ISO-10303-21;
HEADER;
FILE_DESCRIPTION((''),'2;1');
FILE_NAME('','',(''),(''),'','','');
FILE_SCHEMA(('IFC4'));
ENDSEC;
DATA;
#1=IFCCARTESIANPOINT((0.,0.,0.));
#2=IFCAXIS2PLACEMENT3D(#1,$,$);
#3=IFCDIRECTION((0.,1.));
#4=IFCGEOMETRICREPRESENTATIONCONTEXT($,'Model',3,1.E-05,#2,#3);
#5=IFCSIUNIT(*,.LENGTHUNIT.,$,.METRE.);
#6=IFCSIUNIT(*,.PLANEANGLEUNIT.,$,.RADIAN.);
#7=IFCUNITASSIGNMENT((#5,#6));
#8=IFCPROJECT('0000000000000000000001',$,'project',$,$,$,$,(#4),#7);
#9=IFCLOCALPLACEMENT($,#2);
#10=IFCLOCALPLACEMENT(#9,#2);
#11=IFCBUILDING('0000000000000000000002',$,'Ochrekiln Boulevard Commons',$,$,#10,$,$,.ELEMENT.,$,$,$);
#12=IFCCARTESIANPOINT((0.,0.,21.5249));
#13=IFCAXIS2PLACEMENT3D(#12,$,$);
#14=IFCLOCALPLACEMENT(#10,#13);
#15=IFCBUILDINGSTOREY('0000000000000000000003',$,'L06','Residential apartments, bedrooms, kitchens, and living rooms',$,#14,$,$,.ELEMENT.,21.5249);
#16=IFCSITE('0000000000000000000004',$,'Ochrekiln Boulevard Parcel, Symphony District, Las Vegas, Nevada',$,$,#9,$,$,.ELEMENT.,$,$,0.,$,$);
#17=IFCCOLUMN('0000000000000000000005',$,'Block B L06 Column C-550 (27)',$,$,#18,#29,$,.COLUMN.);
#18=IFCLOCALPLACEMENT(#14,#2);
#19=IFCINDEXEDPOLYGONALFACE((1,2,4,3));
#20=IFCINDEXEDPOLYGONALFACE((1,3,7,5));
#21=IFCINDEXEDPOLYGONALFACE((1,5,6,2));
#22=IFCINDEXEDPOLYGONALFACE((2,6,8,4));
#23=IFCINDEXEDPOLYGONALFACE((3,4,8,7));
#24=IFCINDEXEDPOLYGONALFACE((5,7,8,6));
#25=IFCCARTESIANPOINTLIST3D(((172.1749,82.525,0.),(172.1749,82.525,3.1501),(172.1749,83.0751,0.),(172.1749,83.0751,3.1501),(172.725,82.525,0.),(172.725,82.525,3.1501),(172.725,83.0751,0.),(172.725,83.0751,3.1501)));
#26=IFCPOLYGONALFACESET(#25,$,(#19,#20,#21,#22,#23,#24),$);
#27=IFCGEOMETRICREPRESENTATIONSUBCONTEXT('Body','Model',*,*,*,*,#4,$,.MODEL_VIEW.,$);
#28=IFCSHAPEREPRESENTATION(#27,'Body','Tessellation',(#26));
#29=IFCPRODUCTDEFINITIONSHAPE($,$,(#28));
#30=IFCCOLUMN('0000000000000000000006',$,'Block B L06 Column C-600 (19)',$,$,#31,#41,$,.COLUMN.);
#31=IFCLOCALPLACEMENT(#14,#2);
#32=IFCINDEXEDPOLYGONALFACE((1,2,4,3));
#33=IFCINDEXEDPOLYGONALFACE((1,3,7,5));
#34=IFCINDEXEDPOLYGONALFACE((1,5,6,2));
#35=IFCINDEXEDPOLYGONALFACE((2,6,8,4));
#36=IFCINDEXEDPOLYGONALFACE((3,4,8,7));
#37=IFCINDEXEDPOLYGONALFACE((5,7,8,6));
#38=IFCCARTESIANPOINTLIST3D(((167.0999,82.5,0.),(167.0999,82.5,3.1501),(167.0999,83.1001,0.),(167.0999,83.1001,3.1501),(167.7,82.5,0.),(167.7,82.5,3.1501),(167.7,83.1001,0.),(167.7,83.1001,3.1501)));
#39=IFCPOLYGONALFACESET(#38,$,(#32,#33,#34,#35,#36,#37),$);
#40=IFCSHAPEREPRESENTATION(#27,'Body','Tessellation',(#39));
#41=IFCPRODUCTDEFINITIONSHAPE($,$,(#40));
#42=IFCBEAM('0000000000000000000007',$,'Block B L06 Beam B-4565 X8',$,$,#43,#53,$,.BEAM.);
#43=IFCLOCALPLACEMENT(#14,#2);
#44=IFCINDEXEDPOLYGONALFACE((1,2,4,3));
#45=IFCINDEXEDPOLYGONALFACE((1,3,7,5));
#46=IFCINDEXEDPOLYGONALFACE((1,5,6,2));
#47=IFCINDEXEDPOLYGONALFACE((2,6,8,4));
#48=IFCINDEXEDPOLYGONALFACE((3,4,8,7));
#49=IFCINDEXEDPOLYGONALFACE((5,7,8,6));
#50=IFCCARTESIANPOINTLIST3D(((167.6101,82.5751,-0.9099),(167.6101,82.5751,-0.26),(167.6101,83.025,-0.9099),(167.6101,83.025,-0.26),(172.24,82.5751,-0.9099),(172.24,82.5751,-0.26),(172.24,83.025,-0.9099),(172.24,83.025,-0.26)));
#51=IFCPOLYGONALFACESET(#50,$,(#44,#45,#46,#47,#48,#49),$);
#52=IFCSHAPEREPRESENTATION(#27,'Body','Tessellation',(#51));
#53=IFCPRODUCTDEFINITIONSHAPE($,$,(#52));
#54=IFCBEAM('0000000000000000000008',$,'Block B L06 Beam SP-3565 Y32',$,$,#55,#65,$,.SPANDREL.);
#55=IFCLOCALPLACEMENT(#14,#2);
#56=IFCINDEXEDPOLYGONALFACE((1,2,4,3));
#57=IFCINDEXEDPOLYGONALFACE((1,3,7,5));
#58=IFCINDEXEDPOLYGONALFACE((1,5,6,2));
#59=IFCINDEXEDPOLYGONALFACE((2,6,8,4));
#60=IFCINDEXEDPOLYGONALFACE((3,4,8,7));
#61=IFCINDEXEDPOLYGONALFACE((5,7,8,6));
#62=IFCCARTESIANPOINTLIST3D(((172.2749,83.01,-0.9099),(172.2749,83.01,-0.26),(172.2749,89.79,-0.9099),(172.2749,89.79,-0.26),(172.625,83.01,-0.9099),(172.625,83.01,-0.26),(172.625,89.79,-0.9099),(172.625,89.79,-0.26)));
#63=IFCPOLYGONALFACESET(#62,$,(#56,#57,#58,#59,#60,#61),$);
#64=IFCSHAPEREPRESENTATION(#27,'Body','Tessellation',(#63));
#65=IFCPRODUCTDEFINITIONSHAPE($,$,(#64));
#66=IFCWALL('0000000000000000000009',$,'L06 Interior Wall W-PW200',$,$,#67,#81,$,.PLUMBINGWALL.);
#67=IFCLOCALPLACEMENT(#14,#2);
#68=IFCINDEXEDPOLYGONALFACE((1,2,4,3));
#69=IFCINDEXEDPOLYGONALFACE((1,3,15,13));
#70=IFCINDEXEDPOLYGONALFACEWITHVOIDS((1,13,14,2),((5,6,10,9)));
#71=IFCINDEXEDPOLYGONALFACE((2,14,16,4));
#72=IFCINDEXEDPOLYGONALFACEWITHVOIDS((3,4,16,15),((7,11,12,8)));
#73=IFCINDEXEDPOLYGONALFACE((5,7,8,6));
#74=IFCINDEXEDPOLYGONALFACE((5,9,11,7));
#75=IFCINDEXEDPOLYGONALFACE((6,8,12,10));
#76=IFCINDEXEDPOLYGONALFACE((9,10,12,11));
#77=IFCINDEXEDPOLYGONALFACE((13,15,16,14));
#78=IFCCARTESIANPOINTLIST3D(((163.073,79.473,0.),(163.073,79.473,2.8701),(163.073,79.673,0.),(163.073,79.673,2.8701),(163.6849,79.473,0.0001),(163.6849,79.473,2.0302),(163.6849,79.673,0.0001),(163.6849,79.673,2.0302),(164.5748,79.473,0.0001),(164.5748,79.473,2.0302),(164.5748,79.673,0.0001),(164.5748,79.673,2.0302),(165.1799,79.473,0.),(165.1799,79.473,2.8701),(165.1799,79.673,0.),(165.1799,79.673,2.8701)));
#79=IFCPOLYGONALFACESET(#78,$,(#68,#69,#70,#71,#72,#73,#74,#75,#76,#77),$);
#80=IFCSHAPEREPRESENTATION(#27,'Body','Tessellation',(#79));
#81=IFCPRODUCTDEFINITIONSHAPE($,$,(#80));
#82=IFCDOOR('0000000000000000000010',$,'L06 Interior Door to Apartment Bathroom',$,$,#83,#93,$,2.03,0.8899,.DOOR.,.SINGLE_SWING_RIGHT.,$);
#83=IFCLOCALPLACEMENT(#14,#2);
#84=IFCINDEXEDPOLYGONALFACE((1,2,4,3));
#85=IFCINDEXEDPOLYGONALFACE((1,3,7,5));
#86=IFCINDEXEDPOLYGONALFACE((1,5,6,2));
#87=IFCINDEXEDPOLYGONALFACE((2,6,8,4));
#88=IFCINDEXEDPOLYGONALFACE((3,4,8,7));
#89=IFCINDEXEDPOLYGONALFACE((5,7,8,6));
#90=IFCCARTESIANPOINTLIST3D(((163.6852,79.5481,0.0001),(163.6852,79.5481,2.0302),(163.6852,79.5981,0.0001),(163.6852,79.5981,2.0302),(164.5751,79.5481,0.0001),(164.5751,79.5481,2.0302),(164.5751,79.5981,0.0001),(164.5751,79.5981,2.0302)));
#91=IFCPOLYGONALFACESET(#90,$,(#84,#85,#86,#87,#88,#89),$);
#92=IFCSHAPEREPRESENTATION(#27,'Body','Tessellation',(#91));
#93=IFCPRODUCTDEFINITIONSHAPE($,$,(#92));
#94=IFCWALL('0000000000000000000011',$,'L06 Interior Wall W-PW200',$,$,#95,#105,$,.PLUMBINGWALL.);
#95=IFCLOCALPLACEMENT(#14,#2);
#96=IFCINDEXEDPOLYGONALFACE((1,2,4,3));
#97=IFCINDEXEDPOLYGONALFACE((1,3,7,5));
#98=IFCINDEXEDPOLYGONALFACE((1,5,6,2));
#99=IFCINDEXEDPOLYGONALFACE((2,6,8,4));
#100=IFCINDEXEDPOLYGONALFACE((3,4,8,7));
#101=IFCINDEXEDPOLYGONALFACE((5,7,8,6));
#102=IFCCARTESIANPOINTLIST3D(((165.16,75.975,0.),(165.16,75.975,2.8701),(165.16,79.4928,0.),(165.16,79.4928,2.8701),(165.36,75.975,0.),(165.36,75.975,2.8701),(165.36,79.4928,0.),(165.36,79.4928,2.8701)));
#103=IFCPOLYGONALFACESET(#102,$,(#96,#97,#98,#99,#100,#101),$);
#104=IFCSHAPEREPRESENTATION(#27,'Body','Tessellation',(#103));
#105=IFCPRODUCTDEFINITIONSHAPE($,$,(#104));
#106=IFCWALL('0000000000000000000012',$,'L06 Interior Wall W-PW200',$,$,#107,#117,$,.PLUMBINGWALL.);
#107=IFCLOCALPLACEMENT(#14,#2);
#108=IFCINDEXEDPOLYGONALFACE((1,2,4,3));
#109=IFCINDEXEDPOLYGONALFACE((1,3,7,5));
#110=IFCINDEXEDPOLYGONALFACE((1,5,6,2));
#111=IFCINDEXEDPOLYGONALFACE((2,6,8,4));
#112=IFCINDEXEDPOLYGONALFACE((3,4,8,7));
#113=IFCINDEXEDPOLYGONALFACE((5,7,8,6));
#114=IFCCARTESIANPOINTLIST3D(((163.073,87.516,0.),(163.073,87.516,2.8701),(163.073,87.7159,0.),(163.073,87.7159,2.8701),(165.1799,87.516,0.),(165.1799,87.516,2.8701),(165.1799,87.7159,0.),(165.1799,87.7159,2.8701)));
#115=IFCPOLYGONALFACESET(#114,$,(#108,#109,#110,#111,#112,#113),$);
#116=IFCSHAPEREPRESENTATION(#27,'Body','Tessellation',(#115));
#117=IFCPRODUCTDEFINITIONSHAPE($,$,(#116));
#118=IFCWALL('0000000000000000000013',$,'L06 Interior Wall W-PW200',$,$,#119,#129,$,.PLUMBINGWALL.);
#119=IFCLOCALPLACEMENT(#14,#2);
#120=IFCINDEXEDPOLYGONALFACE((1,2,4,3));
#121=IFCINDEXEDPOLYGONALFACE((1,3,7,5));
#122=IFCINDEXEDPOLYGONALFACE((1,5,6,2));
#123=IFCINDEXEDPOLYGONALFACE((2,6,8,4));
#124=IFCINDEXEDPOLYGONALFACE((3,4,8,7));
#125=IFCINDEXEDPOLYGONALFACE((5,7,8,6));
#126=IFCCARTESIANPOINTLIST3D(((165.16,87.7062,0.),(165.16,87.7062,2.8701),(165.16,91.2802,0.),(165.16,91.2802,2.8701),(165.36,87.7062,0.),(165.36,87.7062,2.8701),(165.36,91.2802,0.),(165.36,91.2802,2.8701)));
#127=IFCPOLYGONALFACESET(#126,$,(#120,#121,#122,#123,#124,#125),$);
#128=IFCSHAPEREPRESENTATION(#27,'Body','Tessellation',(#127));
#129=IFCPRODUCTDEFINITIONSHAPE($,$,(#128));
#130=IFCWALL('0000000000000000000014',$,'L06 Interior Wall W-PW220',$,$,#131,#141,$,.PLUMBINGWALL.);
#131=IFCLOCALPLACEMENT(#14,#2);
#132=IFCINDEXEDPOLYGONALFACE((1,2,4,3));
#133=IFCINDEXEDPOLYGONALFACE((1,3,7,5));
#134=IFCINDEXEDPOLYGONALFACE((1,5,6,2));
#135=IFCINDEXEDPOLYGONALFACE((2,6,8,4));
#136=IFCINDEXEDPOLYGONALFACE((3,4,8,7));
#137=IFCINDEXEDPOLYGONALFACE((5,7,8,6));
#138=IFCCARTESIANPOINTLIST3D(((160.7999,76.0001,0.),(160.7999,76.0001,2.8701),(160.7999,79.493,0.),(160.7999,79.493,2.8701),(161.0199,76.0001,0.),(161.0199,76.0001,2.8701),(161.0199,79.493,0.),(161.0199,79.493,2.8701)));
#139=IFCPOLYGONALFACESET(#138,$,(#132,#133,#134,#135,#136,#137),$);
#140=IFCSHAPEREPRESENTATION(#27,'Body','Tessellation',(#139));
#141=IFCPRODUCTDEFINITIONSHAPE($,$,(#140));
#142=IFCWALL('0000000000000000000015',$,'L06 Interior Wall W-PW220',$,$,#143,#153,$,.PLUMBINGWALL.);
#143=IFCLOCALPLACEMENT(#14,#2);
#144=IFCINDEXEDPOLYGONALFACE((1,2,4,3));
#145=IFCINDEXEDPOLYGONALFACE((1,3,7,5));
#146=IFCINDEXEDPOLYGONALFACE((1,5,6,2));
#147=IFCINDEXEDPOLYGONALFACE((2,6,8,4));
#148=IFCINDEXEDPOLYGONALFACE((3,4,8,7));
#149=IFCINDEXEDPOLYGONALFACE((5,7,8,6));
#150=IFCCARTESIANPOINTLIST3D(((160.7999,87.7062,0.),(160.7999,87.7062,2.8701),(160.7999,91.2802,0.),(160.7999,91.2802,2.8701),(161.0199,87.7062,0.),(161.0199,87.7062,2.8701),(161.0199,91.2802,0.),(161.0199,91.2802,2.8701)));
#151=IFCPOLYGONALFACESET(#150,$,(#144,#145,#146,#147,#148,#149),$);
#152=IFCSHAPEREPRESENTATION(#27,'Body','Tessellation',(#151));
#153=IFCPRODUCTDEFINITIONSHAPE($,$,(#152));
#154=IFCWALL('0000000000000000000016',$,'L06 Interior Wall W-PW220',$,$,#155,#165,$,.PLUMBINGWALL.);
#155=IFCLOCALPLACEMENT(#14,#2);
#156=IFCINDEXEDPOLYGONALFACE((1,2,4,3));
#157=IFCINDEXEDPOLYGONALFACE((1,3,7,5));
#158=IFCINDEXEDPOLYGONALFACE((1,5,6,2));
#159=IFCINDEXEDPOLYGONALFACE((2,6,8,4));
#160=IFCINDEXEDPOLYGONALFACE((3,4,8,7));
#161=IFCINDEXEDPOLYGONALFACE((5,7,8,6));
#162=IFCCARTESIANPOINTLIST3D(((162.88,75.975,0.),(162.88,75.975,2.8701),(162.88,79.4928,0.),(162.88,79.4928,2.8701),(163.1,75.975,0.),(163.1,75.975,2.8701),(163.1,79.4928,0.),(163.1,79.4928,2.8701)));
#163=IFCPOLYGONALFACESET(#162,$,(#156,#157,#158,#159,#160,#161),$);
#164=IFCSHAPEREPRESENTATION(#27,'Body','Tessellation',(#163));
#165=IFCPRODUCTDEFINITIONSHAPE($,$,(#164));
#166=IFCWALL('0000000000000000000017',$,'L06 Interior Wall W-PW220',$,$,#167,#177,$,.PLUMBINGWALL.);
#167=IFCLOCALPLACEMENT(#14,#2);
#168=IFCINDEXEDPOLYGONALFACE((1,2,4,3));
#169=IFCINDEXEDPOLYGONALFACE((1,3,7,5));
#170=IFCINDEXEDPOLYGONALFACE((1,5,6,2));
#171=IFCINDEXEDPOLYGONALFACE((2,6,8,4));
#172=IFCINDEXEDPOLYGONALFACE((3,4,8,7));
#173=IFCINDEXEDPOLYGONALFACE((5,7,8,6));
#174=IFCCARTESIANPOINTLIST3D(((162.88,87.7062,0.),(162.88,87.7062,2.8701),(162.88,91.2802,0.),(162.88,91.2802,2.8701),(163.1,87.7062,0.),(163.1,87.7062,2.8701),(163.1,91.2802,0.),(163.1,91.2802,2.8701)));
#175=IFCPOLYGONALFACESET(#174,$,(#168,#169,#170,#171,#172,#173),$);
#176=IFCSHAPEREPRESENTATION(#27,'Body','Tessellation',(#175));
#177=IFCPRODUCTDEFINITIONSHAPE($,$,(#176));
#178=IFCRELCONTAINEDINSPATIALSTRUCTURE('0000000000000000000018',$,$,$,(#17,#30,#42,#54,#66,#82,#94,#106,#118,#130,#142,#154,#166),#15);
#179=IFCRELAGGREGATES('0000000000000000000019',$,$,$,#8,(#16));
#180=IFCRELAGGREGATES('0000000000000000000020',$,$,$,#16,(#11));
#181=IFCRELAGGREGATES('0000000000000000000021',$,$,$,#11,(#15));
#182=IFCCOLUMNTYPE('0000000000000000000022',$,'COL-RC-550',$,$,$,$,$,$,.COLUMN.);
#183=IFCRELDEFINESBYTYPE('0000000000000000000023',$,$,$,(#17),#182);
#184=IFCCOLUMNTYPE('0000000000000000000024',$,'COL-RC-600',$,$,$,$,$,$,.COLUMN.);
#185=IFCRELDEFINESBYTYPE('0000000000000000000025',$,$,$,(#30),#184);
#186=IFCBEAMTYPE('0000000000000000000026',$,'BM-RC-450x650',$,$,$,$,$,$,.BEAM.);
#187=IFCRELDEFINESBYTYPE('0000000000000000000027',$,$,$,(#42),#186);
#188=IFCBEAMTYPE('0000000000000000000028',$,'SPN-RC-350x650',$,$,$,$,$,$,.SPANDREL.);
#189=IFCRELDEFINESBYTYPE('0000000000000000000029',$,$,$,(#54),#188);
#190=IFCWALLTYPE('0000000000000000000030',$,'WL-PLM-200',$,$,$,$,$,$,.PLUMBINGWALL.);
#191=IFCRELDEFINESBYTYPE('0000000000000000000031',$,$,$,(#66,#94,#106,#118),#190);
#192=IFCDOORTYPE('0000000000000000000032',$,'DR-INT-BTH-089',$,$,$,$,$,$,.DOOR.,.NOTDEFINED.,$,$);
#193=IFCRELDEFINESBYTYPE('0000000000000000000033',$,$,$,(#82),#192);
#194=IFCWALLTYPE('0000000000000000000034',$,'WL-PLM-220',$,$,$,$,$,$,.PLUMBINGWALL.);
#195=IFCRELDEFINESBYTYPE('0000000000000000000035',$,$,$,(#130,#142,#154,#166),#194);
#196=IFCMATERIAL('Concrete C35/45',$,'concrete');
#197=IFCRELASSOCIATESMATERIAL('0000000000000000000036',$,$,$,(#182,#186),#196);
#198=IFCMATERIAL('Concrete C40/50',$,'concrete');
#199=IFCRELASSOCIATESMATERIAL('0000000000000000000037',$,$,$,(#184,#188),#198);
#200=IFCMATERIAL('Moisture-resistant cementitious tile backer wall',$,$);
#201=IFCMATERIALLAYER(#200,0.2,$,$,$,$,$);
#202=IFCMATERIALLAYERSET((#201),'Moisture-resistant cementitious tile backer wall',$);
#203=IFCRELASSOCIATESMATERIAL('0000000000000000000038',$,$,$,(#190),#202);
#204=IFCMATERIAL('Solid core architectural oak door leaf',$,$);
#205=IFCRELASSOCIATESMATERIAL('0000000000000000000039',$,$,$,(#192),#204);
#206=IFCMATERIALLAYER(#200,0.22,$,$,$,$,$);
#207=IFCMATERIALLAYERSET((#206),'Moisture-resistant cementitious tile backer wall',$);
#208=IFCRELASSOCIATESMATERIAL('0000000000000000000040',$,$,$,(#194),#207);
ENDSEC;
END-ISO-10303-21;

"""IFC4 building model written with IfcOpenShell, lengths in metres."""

from ifc_helpers import new_model, si_unit, direction, frame, frame_2d, origin, origin_2d, place, context, subcontext, project, spatial, rectangle, extrude, material, layer, layer_set, material_profile, profile_set, type_object, element, fill, save


model = new_model("IFC4")

# Units and contexts
model_context = context("Model", 3, precision=1e-05, world=origin(), true_north=direction((0.0, 1.0)))
body_context = subcontext(model_context, "Body", "Model", "MODEL_VIEW")
ifc_project = project(units=[si_unit("LENGTHUNIT", "METRE"), si_unit("PLANEANGLEUNIT", "RADIAN")], contexts=[model_context])

# Site, building, storey
site_placement = place(None, origin())
site = spatial("IfcSite", under=ifc_project, at=site_placement, Name="Ochrekiln Boulevard Parcel, Symphony District, Las Vegas, Nevada", CompositionType="ELEMENT", RefElevation=0.0)
building_placement = place(site_placement, origin())
building = spatial("IfcBuilding", under=site, at=building_placement, Name="Ochrekiln Boulevard Commons", CompositionType="ELEMENT")
storey_placement = place(building_placement, frame((0.0, 0.0, 21.5249)))
storey = spatial("IfcBuildingStorey", under=building, at=storey_placement, Name="L06", Description="Residential apartments, bedrooms, kitchens, and living rooms", CompositionType="ELEMENT", Elevation=21.5249)

# Columns
ifc_material_1 = material(Name="Concrete C35/45", Category="concrete")
ifc_material_profile_1 = material_profile(ifc_material_1, rectangle(XDim=0.55, YDim=0.55, at=origin_2d()), Name="RC-COL-550x550")
ifc_profile_set_1 = profile_set([ifc_material_profile_1], Name="Concrete C35/45")
column_type_1 = type_object("IfcColumnType", Name="COL-RC-550", PredefinedType="COLUMN", material=ifc_profile_set_1)
column_1_placement = place(storey_placement, frame((172.45, 82.8, 0.0), z_axis=(0.0, 0.0, 1.0), x_axis=(1.0, 0.0, 0.0)))
element("IfcColumn", 1, at=column_1_placement, inside=storey, type_object=column_type_1, Name="Block B L06 Column C-550 (27)", PredefinedType="COLUMN", context=body_context, shape_type="SweptSolid", body=[
    extrude(rectangle(XDim=0.55, YDim=0.55, at=origin_2d()), origin(), (0.0, 0.0, 1.0), 3.1501),
])
ifc_material_2 = material(Name="Concrete C40/50", Category="concrete")
ifc_material_profile_2 = material_profile(ifc_material_2, rectangle(XDim=0.6001, YDim=0.6001, at=origin_2d()), Name="RC-COL-600x600")
ifc_profile_set_2 = profile_set([ifc_material_profile_2], Name="Concrete C40/50")
column_type_2 = type_object("IfcColumnType", Name="COL-RC-600", PredefinedType="COLUMN", material=ifc_profile_set_2)
column_2_placement = place(storey_placement, frame((167.3999, 82.8, 0.0), z_axis=(0.0, 0.0, 1.0), x_axis=(1.0, 0.0, 0.0)))
element("IfcColumn", 2, at=column_2_placement, inside=storey, type_object=column_type_2, Name="Block B L06 Column C-600 (19)", PredefinedType="COLUMN", context=body_context, shape_type="SweptSolid", body=[
    extrude(rectangle(XDim=0.6001, YDim=0.6001, at=origin_2d()), origin(), (0.0, 0.0, 1.0), 3.1501),
])

# Beams
ifc_material_profile_3 = material_profile(ifc_material_1, rectangle(XDim=0.45, YDim=0.6499, at=origin_2d()), Name="RC-BM-450x650")
ifc_profile_set_3 = profile_set([ifc_material_profile_3], Name="Concrete C35/45")
beam_type_1 = type_object("IfcBeamType", Name="BM-RC-450x650", PredefinedType="BEAM", material=ifc_profile_set_3)
beam_1_placement = place(storey_placement, frame((167.6101, 82.8, -0.585), z_axis=(1.0, 0.0, 0.0), x_axis=(0.0, 1.0, 0.0)))
element("IfcBeam", 3, at=beam_1_placement, inside=storey, type_object=beam_type_1, Name="Block B L06 Beam B-4565 X8", PredefinedType="BEAM", context=body_context, shape_type="SweptSolid", body=[
    extrude(rectangle(XDim=0.45, YDim=0.6499, at=origin_2d()), origin(), (0.0, 0.0, 1.0), 4.6299),
])
ifc_material_profile_4 = material_profile(ifc_material_2, rectangle(XDim=0.3501, YDim=0.6499, at=origin_2d()), Name="RC-SPN-350x650")
ifc_profile_set_4 = profile_set([ifc_material_profile_4], Name="Concrete C40/50")
beam_type_2 = type_object("IfcBeamType", Name="SPN-RC-350x650", PredefinedType="SPANDREL", material=ifc_profile_set_4)
beam_2_placement = place(storey_placement, frame((172.45, 83.01, -0.585), z_axis=(0.0, 1.0, 0.0), x_axis=(-1.0, 0.0, 0.0)))
element("IfcBeam", 4, at=beam_2_placement, inside=storey, type_object=beam_type_2, Name="Block B L06 Beam SP-3565 Y32", PredefinedType="SPANDREL", context=body_context, shape_type="SweptSolid", body=[
    extrude(rectangle(XDim=0.3501, YDim=0.6499, at=origin_2d()), origin(), (0.0, 0.0, 1.0), 6.78),
])

# Wall, opening, door
ifc_material_3 = material(Name="Moisture-resistant cementitious tile backer wall")
ifc_layer_1 = layer(ifc_material_3, 0.2)
ifc_layer_set_1 = layer_set([ifc_layer_1], Name="Moisture-resistant cementitious tile backer wall")
wall_type_1 = type_object("IfcWallType", Name="WL-PLM-200", PredefinedType="PLUMBINGWALL", material=ifc_layer_set_1)
wall_1_placement = place(storey_placement, frame((163.073, 79.573, 0.0), z_axis=(0.0, 0.0, 1.0), x_axis=(1.0, 0.0, 0.0)))
wall_1 = element("IfcWall", 5, at=wall_1_placement, inside=storey, type_object=wall_type_1, Name="L06 Interior Wall W-PW200", PredefinedType="PLUMBINGWALL", context=body_context, shape_type="SweptSolid", body=[
    extrude(rectangle(XDim=2.1069, YDim=0.2, at=frame_2d((1.0535, 0.0))), origin(), (0.0, 0.0, 1.0), 2.8701),
])
opening_1_placement = place(wall_1_placement, frame((0.6121, 0.0, 0.0)))
opening_1 = element("IfcOpeningElement", 6, at=opening_1_placement, cuts=wall_1, PredefinedType="OPENING", context=body_context, shape_type="SweptSolid", body=[
    extrude(rectangle(XDim=0.8899, YDim=2.03, at=frame_2d((0.4448, 1.0151))), frame((0.0, 0.1099, 0.0), z_axis=(0.0, -1.0, 0.0), x_axis=(1.0, 0.0, 0.0)), (0.0, 0.0, 1.0), 0.22),
])
ifc_material_4 = material(Name="Solid core architectural oak door leaf")
door_type_1 = type_object("IfcDoorType", Name="DR-INT-BTH-089", OperationType="NOTDEFINED", PredefinedType="DOOR", material=ifc_material_4)
door_1_placement = place(opening_1_placement, frame((0.8899, 0.0, 0.0), z_axis=(0.0, 0.0, 1.0), x_axis=(-1.0, 0.0, 0.0)))
door_1 = element("IfcDoor", 7, at=door_1_placement, inside=storey, type_object=door_type_1, Name="L06 Interior Door to Apartment Bathroom", OperationType="SINGLE_SWING_RIGHT", OverallHeight=2.03, OverallWidth=0.8899, PredefinedType="DOOR", context=body_context, shape_type="SweptSolid", body=[
    extrude(rectangle(XDim=0.8899, YDim=2.03, at=frame_2d((0.4448, 1.0151))), frame((0.0, 0.0249, 0.0), z_axis=(0.0, -1.0, 0.0), x_axis=(1.0, 0.0, 0.0)), (0.0, 0.0, 1.0), 0.05),
])
fill(opening_1, door_1)

# Walls
wall_2_placement = place(storey_placement, frame((165.26, 75.9751, 0.0), z_axis=(0.0, 0.0, 1.0), x_axis=(0.0, 1.0, 0.0)))
element("IfcWall", 8, at=wall_2_placement, inside=storey, type_object=wall_type_1, Name="L06 Interior Wall W-PW200", PredefinedType="PLUMBINGWALL", context=body_context, shape_type="SweptSolid", body=[
    extrude(rectangle(XDim=3.5178, YDim=0.2, at=frame_2d((1.7588, 0.0))), origin(), (0.0, 0.0, 1.0), 2.8701),
])
wall_3_placement = place(storey_placement, frame((163.073, 87.616, 0.0), z_axis=(0.0, 0.0, 1.0), x_axis=(1.0, 0.0, 0.0)))
element("IfcWall", 9, at=wall_3_placement, inside=storey, type_object=wall_type_1, Name="L06 Interior Wall W-PW200", PredefinedType="PLUMBINGWALL", context=body_context, shape_type="SweptSolid", body=[
    extrude(rectangle(XDim=2.1069, YDim=0.2, at=frame_2d((1.0535, 0.0))), origin(), (0.0, 0.0, 1.0), 2.8701),
])
wall_4_placement = place(storey_placement, frame((165.26, 87.7061, 0.0), z_axis=(0.0, 0.0, 1.0), x_axis=(0.0, 1.0, 0.0)))
element("IfcWall", 10, at=wall_4_placement, inside=storey, type_object=wall_type_1, Name="L06 Interior Wall W-PW200", PredefinedType="PLUMBINGWALL", context=body_context, shape_type="SweptSolid", body=[
    extrude(rectangle(XDim=3.574, YDim=0.2, at=frame_2d((1.7871, 0.0))), origin(), (0.0, 0.0, 1.0), 2.8701),
])
ifc_layer_2 = layer(ifc_material_3, 0.22)
ifc_layer_set_2 = layer_set([ifc_layer_2], Name="Moisture-resistant cementitious tile backer wall")
wall_type_2 = type_object("IfcWallType", Name="WL-PLM-220", PredefinedType="PLUMBINGWALL", material=ifc_layer_set_2)
wall_5_placement = place(storey_placement, frame((160.9099, 76.0, 0.0), z_axis=(0.0, 0.0, 1.0), x_axis=(0.0, 1.0, 0.0)))
element("IfcWall", 11, at=wall_5_placement, inside=storey, type_object=wall_type_2, Name="L06 Interior Wall W-PW220", PredefinedType="PLUMBINGWALL", context=body_context, shape_type="SweptSolid", body=[
    extrude(rectangle(XDim=3.4929, YDim=0.22, at=frame_2d((1.7466, 0.0))), origin(), (0.0, 0.0, 1.0), 2.8701),
])
wall_6_placement = place(storey_placement, frame((160.9099, 87.7061, 0.0), z_axis=(0.0, 0.0, 1.0), x_axis=(0.0, 1.0, 0.0)))
element("IfcWall", 12, at=wall_6_placement, inside=storey, type_object=wall_type_2, Name="L06 Interior Wall W-PW220", PredefinedType="PLUMBINGWALL", context=body_context, shape_type="SweptSolid", body=[
    extrude(rectangle(XDim=3.574, YDim=0.22, at=frame_2d((1.7871, 0.0))), origin(), (0.0, 0.0, 1.0), 2.8701),
])
wall_7_placement = place(storey_placement, frame((162.99, 75.9751, 0.0), z_axis=(0.0, 0.0, 1.0), x_axis=(0.0, 1.0, 0.0)))
element("IfcWall", 13, at=wall_7_placement, inside=storey, type_object=wall_type_2, Name="L06 Interior Wall W-PW220", PredefinedType="PLUMBINGWALL", context=body_context, shape_type="SweptSolid", body=[
    extrude(rectangle(XDim=3.5178, YDim=0.22, at=frame_2d((1.7588, 0.0))), origin(), (0.0, 0.0, 1.0), 2.8701),
])
wall_8_placement = place(storey_placement, frame((162.99, 87.7061, 0.0), z_axis=(0.0, 0.0, 1.0), x_axis=(0.0, 1.0, 0.0)))
element("IfcWall", 14, at=wall_8_placement, inside=storey, type_object=wall_type_2, Name="L06 Interior Wall W-PW220", PredefinedType="PLUMBINGWALL", context=body_context, shape_type="SweptSolid", body=[
    extrude(rectangle(XDim=3.574, YDim=0.22, at=frame_2d((1.7871, 0.0))), origin(), (0.0, 0.0, 1.0), 2.8701),
])

save(model, "model.ifc")
